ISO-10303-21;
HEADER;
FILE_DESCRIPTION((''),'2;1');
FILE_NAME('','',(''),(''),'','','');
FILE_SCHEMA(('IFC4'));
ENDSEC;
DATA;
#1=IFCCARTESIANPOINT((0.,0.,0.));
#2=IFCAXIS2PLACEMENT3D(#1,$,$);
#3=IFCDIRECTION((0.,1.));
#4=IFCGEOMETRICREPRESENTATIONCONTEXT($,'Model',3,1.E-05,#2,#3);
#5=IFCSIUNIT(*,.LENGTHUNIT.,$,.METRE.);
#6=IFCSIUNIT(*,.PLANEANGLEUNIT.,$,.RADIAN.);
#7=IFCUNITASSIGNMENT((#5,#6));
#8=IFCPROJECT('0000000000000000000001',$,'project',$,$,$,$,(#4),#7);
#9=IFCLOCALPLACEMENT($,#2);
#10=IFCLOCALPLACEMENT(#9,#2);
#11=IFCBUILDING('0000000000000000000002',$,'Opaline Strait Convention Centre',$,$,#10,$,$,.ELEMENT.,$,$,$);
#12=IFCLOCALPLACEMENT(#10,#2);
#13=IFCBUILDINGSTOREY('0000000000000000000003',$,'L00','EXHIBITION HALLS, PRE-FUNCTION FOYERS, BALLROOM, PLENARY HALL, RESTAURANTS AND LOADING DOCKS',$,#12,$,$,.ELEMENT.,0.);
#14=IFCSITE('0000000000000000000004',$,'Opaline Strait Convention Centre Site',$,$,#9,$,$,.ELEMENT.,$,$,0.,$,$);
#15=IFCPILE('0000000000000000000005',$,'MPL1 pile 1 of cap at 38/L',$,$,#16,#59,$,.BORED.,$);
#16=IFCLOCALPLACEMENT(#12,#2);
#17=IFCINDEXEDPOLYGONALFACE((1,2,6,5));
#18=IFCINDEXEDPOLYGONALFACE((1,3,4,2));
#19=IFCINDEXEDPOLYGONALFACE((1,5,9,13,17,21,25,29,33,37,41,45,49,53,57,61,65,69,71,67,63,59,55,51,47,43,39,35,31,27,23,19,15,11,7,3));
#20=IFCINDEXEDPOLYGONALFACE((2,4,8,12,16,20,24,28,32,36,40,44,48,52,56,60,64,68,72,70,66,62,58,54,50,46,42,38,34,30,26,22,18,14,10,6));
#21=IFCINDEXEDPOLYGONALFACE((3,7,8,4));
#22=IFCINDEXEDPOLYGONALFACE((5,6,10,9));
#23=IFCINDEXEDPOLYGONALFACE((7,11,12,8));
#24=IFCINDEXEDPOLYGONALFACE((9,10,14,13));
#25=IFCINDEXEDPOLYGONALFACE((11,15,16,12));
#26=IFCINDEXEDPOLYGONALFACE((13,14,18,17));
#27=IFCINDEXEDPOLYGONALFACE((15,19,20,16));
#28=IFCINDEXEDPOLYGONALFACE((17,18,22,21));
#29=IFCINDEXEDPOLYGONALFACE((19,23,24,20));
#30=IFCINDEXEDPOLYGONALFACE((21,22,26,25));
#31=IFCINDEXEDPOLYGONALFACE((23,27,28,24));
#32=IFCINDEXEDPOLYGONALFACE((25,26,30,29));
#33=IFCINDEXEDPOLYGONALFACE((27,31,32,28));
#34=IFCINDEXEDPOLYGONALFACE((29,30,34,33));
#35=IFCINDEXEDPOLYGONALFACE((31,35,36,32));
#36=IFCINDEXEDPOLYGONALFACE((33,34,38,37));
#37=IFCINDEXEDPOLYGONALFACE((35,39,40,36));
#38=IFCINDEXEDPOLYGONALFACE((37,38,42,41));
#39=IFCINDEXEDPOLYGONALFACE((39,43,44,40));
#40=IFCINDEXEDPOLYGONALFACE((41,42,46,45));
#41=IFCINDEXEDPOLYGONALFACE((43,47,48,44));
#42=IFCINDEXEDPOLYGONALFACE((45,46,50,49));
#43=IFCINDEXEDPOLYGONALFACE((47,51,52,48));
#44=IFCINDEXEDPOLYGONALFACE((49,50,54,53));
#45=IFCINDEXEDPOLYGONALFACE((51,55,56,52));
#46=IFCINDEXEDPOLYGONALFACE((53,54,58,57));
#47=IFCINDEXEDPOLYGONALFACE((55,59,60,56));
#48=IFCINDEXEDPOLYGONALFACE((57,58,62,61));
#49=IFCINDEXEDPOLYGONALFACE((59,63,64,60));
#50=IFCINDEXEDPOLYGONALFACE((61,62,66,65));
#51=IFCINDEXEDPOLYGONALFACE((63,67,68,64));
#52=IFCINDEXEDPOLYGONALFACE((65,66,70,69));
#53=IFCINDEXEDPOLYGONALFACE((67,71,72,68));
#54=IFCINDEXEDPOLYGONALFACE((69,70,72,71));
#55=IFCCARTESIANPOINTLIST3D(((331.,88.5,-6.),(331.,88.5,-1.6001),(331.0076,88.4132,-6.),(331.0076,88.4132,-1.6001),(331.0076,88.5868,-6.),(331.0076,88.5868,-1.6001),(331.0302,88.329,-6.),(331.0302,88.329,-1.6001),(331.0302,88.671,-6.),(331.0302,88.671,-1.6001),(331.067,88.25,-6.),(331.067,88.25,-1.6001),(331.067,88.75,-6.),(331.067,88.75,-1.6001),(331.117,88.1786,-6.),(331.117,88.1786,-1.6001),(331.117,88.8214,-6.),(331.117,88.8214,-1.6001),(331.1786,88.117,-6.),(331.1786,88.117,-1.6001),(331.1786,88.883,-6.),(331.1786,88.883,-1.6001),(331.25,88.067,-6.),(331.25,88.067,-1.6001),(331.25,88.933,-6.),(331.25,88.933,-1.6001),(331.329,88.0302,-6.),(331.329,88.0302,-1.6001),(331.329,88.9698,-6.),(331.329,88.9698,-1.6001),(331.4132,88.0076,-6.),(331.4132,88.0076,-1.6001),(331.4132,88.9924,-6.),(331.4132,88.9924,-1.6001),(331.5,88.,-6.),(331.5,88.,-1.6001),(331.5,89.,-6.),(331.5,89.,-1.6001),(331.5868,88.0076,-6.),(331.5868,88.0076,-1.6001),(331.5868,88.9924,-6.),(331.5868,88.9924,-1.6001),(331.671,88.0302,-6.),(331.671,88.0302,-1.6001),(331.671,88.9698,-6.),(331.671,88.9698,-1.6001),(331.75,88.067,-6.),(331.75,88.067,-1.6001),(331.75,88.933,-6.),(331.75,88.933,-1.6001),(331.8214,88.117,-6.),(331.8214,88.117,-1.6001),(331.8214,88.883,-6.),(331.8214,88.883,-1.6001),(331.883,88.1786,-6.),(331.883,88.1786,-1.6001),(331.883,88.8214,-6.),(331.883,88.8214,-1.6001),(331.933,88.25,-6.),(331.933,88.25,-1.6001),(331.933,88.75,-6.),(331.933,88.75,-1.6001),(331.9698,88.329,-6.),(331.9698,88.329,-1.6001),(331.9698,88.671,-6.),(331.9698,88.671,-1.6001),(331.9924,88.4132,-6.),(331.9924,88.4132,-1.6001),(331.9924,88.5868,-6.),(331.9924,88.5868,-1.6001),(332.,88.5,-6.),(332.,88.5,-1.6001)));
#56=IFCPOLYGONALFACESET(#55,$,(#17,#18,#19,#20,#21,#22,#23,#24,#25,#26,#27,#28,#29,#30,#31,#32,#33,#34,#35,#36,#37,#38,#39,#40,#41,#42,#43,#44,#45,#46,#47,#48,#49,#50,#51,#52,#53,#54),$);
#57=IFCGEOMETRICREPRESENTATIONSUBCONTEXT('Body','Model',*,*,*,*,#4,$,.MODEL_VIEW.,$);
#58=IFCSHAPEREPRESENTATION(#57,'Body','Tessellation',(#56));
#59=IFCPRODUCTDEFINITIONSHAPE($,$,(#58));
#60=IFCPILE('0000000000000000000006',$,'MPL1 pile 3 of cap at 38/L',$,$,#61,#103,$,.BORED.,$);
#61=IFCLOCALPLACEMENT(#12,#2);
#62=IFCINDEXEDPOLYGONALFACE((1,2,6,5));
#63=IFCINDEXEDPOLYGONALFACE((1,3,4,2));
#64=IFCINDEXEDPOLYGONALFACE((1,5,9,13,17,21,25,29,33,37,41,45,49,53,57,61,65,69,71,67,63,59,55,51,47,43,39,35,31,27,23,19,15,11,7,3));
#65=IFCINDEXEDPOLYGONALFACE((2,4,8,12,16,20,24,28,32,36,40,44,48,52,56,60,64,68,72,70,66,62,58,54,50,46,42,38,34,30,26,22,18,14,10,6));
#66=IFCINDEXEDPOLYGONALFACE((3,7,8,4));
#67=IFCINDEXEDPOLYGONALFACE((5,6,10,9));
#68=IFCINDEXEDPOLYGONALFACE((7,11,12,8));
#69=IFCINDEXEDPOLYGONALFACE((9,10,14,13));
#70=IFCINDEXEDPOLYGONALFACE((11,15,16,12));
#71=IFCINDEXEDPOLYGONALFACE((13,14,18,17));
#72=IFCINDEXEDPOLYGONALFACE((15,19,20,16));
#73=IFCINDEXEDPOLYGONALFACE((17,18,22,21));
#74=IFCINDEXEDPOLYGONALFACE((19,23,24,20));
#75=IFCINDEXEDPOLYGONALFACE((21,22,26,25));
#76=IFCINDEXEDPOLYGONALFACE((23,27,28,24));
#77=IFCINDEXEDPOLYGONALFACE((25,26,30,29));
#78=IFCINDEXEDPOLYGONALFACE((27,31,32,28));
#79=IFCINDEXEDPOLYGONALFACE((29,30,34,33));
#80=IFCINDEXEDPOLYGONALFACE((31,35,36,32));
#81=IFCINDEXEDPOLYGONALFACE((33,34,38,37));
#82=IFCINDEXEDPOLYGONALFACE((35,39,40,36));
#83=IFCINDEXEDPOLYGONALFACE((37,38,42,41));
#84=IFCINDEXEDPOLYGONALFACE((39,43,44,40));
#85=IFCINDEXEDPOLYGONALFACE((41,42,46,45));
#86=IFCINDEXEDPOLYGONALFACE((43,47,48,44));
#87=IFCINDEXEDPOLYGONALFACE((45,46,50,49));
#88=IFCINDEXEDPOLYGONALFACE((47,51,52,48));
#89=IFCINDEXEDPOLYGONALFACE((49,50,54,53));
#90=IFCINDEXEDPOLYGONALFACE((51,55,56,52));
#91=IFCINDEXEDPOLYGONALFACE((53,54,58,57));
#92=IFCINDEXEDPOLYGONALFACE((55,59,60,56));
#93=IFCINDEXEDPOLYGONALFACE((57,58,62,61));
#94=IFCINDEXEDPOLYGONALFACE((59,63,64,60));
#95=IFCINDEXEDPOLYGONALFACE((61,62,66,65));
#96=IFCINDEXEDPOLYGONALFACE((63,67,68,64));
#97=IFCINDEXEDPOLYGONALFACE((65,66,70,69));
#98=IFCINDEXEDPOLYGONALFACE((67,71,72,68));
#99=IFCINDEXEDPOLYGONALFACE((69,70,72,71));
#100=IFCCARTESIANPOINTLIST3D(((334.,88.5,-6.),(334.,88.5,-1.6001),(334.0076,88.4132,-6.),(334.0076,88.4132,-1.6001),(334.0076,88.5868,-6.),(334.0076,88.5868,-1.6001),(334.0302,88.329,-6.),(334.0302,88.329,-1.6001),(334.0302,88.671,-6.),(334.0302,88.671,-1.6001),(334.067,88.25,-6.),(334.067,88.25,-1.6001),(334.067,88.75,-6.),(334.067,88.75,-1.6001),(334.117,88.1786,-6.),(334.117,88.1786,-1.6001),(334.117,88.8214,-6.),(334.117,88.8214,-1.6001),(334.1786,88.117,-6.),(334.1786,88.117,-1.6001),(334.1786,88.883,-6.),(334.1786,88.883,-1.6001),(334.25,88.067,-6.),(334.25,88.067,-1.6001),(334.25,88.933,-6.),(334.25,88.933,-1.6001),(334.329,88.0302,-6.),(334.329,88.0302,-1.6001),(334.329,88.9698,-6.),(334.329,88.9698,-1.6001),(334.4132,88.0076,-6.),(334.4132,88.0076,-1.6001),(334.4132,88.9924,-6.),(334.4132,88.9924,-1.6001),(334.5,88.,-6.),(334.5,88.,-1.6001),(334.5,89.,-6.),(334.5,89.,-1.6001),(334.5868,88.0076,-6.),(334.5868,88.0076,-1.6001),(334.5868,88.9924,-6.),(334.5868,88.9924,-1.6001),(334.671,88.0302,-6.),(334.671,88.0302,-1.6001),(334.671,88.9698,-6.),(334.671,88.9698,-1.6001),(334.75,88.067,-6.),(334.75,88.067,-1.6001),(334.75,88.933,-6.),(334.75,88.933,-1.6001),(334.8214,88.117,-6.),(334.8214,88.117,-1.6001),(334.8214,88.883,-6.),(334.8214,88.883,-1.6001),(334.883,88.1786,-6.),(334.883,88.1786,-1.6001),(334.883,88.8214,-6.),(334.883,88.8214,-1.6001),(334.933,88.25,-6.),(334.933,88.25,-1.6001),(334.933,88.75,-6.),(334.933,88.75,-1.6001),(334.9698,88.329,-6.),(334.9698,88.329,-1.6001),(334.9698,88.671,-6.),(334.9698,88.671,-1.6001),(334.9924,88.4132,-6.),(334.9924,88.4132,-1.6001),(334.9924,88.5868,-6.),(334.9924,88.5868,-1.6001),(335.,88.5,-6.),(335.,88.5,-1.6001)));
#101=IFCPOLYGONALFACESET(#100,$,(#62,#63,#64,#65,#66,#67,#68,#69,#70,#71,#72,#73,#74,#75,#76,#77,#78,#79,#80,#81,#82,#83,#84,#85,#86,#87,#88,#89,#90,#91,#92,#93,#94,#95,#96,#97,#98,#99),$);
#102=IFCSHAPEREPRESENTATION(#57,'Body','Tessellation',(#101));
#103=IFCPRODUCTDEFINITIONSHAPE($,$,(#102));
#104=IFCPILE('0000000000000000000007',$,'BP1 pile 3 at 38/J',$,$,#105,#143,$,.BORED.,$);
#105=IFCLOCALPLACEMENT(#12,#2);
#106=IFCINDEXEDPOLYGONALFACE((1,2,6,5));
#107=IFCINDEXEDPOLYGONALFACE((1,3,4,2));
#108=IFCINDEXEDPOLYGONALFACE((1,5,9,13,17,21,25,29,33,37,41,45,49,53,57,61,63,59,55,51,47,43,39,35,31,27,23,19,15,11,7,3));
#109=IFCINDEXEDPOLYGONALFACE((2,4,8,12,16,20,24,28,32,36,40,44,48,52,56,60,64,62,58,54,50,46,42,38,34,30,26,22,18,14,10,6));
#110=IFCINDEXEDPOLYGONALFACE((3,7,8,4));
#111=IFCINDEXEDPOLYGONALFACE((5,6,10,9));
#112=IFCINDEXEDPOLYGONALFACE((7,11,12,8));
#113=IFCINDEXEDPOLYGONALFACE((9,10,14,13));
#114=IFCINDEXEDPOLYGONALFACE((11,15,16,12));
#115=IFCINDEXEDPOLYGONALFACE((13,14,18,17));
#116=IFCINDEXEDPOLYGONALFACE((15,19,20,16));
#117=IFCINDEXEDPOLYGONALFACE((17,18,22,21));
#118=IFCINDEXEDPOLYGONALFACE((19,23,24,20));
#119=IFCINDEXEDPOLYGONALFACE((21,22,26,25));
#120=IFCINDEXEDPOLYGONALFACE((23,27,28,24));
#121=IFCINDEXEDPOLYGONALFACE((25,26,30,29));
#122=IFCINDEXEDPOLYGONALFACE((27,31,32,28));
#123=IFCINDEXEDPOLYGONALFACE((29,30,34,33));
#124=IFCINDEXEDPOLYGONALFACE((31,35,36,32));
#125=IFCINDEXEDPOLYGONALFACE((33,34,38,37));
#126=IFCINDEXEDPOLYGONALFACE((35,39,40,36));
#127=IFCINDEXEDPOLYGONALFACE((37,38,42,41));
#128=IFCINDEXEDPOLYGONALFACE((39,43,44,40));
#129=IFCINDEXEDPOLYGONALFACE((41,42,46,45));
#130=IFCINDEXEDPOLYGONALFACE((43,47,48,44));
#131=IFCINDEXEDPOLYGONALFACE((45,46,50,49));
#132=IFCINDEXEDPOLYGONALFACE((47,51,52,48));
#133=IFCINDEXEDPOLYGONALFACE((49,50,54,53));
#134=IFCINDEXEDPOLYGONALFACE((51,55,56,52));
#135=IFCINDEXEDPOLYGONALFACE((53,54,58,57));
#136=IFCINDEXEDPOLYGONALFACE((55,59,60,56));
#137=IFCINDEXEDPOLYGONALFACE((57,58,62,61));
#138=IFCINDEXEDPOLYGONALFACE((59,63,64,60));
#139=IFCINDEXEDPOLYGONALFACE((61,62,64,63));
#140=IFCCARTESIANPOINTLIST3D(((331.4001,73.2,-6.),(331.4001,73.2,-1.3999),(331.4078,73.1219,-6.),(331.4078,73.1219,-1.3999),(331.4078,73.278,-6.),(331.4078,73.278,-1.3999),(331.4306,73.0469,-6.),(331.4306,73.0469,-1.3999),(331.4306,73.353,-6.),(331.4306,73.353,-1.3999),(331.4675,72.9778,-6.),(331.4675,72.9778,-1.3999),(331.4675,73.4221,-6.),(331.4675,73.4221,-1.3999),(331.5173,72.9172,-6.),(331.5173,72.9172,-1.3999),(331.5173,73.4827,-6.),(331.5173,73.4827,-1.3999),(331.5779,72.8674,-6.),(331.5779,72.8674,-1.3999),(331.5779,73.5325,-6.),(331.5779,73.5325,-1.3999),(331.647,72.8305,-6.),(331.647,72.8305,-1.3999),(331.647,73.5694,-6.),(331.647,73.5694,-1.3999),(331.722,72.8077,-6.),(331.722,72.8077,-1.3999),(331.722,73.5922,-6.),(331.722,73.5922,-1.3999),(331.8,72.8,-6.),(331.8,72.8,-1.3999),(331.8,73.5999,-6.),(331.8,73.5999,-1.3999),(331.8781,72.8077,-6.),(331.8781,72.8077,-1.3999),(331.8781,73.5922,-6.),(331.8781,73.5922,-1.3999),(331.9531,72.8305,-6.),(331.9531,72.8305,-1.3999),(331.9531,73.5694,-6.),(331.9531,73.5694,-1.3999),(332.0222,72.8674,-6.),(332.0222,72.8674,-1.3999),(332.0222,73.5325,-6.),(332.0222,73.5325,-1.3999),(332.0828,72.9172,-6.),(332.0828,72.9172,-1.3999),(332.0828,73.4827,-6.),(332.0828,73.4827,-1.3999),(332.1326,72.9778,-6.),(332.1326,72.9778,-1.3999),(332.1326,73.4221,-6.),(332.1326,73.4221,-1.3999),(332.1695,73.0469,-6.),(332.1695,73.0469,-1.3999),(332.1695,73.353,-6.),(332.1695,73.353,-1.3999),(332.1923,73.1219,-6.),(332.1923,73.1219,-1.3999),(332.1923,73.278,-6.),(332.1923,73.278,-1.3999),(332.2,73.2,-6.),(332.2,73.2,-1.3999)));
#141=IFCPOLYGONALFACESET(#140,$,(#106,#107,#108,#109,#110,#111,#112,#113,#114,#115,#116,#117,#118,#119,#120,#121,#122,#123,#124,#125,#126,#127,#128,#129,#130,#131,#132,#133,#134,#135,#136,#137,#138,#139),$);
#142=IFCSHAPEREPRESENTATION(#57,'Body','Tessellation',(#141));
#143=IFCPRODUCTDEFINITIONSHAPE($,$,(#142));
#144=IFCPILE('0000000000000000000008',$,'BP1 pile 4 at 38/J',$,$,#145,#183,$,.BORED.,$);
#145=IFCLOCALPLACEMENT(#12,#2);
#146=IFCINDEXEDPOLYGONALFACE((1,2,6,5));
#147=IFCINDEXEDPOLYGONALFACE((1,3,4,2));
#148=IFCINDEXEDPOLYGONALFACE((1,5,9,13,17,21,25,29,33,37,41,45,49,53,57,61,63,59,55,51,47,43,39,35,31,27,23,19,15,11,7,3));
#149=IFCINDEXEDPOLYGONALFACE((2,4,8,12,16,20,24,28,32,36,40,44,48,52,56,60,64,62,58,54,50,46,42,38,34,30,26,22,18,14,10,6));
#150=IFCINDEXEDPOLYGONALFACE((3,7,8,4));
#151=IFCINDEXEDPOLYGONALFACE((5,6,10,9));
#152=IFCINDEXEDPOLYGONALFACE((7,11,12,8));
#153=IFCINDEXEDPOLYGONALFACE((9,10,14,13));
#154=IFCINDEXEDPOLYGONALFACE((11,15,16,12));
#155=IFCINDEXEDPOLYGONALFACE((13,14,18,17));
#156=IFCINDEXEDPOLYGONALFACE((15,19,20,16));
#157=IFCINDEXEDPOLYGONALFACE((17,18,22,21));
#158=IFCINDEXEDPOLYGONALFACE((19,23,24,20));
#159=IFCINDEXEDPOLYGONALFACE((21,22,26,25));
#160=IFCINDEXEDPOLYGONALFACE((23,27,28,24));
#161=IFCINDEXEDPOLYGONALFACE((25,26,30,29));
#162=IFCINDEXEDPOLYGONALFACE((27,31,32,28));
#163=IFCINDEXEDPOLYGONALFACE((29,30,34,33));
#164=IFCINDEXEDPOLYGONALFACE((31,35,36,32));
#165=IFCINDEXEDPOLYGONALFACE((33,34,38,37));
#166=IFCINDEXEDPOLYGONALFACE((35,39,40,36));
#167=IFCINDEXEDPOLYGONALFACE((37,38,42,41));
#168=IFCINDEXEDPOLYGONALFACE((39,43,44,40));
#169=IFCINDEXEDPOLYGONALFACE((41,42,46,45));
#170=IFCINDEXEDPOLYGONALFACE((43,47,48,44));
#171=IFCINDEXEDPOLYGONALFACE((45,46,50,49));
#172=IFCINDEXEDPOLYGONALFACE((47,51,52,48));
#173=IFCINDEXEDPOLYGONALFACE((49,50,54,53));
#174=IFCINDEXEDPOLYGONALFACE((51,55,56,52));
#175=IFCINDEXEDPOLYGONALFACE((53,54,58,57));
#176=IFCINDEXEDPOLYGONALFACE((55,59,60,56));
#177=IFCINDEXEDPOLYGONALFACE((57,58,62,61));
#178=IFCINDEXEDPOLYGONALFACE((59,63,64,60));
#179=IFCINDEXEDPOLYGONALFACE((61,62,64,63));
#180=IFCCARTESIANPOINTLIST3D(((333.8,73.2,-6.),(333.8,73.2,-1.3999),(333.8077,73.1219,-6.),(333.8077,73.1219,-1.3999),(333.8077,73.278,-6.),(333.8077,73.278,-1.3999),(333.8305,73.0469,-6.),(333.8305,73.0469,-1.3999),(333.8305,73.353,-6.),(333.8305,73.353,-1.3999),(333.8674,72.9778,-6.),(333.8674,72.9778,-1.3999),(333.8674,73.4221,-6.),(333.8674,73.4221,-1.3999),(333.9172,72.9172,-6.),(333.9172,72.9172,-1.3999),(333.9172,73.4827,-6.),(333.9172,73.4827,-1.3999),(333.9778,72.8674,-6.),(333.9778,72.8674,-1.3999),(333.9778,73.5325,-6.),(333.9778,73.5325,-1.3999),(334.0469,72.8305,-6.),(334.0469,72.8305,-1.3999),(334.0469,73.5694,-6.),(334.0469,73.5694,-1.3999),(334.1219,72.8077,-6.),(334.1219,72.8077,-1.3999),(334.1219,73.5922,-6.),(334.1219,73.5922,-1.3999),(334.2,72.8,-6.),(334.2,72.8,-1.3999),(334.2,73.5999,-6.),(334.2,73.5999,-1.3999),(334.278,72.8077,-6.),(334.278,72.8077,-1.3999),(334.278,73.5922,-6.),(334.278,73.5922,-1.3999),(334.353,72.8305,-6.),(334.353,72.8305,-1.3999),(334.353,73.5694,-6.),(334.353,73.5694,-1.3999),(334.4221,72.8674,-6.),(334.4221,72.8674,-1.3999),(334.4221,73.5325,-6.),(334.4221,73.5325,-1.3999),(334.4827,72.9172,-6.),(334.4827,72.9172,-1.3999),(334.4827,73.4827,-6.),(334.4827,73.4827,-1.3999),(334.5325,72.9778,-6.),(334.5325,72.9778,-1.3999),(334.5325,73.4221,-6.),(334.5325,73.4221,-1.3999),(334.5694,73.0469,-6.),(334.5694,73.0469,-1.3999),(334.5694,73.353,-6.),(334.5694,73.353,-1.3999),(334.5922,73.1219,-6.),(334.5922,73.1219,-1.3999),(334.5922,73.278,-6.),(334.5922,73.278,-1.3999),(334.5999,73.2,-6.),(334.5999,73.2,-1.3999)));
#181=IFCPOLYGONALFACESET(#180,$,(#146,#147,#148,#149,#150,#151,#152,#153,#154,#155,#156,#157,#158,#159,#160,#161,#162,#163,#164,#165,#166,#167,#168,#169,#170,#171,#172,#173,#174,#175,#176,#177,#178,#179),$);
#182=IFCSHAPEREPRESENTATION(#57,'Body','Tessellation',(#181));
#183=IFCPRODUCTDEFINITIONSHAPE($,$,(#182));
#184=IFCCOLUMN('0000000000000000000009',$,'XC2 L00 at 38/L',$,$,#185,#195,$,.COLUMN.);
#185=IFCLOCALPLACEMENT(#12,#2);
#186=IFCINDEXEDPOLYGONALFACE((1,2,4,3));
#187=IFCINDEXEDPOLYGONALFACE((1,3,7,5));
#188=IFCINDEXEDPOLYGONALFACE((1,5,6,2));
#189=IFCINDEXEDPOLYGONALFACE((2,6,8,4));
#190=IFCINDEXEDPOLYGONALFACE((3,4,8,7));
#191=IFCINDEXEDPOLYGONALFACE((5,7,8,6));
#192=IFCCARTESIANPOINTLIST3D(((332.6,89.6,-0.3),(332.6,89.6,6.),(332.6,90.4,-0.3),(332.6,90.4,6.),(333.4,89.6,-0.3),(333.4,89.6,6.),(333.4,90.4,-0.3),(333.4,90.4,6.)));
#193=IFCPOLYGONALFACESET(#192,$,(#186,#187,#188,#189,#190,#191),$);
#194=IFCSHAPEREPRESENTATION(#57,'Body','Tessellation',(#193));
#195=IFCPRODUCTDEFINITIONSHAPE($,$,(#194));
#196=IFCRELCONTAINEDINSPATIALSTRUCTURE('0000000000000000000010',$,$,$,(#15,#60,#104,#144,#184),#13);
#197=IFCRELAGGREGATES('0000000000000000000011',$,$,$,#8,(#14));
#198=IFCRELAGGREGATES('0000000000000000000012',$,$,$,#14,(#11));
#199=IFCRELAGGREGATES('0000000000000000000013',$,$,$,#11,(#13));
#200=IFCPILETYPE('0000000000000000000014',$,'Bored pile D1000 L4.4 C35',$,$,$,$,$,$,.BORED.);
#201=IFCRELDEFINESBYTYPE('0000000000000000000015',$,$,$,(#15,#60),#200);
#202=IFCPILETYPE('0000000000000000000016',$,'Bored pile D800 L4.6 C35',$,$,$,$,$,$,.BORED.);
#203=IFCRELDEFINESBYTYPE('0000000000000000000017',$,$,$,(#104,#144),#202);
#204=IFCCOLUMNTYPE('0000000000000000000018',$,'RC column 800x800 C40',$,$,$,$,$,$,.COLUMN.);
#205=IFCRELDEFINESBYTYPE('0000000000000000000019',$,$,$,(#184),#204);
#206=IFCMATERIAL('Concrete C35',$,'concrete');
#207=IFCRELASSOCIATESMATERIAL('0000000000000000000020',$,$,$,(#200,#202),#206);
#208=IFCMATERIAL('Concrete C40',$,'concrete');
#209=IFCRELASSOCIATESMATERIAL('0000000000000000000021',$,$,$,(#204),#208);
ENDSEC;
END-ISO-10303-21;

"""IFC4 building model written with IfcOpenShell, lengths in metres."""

from ifc_helpers import new_model, si_unit, direction, frame, origin, origin_2d, place, context, subcontext, project, spatial, rectangle, circle, extrude, material, material_profile, profile_set, type_object, element, save


model = new_model("IFC4")

# Units and contexts
model_context = context("Model", 3, precision=1e-05, world=origin(), true_north=direction((0.0, 1.0)))
body_context = subcontext(model_context, "Body", "Model", "MODEL_VIEW")
ifc_project = project(units=[si_unit("LENGTHUNIT", "METRE"), si_unit("PLANEANGLEUNIT", "RADIAN")], contexts=[model_context])

# Site, building, storey
site_placement = place(None, origin())
site = spatial("IfcSite", under=ifc_project, at=site_placement, Name="Opaline Strait Convention Centre Site", CompositionType="ELEMENT", RefElevation=0.0)
building_placement = place(site_placement, origin())
building = spatial("IfcBuilding", under=site, at=building_placement, Name="Opaline Strait Convention Centre", CompositionType="ELEMENT")
storey_placement = place(building_placement, origin())
storey = spatial("IfcBuildingStorey", under=building, at=storey_placement, Name="L00", Description="EXHIBITION HALLS, PRE-FUNCTION FOYERS, BALLROOM, PLENARY HALL, RESTAURANTS AND LOADING DOCKS", CompositionType="ELEMENT", Elevation=0.0)

# Piles
ifc_material_1 = material(Name="Concrete C35", Category="concrete")
ifc_material_profile_1 = material_profile(ifc_material_1, circle(Radius=0.5, at=origin_2d()), Name="D1000")
ifc_profile_set_1 = profile_set([ifc_material_profile_1], Name="Concrete C35")
pile_type_1 = type_object("IfcPileType", Name="Bored pile D1000 L4.4 C35", PredefinedType="BORED", material=ifc_profile_set_1)
for number, where, z_axis, x_axis, name in (
    (1, (331.5, 88.5, -1.6001), (0.0, 0.0, -1.0), (1.0, 0.0, 0.0), "MPL1 pile 1 of cap at 38/L"),
    (2, (334.5, 88.5, -1.6001), (0.0, 0.0, -1.0), (1.0, 0.0, 0.0), "MPL1 pile 3 of cap at 38/L"),
):
    element("IfcPile", number, at=place(storey_placement, frame(where, z_axis=z_axis, x_axis=x_axis)), inside=storey, type_object=pile_type_1, Name=name, PredefinedType="BORED", context=body_context, shape_type="SweptSolid", body=[
        extrude(circle(Radius=0.5, at=origin_2d()), origin(), (0.0, 0.0, 1.0), 4.3999),
    ])
ifc_material_profile_2 = material_profile(ifc_material_1, circle(Radius=0.3999, at=origin_2d()), Name="D800")
ifc_profile_set_2 = profile_set([ifc_material_profile_2], Name="Concrete C35")
pile_type_2 = type_object("IfcPileType", Name="Bored pile D800 L4.6 C35", PredefinedType="BORED", material=ifc_profile_set_2)
for number, where, z_axis, x_axis, name in (
    (3, (331.8, 73.2, -1.3999), (0.0, 0.0, -1.0), (1.0, 0.0, 0.0), "BP1 pile 3 at 38/J"),
    (4, (334.2, 73.2, -1.3999), (0.0, 0.0, -1.0), (1.0, 0.0, 0.0), "BP1 pile 4 at 38/J"),
):
    element("IfcPile", number, at=place(storey_placement, frame(where, z_axis=z_axis, x_axis=x_axis)), inside=storey, type_object=pile_type_2, Name=name, PredefinedType="BORED", context=body_context, shape_type="SweptSolid", body=[
        extrude(circle(Radius=0.3999, at=origin_2d()), origin(), (0.0, 0.0, 1.0), 4.6001),
    ])

# Column
ifc_material_2 = material(Name="Concrete C40", Category="concrete")
ifc_material_profile_3 = material_profile(ifc_material_2, rectangle(XDim=0.8, YDim=0.8, at=origin_2d()), Name="RC 800x800")
ifc_profile_set_3 = profile_set([ifc_material_profile_3], Name="Concrete C40")
column_type = type_object("IfcColumnType", Name="RC column 800x800 C40", PredefinedType="COLUMN", material=ifc_profile_set_3)
column_placement = place(storey_placement, frame((333.0, 90.0, -0.3), z_axis=(0.0, 0.0, 1.0), x_axis=(1.0, 0.0, 0.0)))
element("IfcColumn", 5, at=column_placement, inside=storey, type_object=column_type, Name="XC2 L00 at 38/L", PredefinedType="COLUMN", context=body_context, shape_type="SweptSolid", body=[
    extrude(rectangle(XDim=0.8, YDim=0.8, at=origin_2d()), origin(), (0.0, 0.0, 1.0), 6.3),
])

save(model, "model.ifc")
